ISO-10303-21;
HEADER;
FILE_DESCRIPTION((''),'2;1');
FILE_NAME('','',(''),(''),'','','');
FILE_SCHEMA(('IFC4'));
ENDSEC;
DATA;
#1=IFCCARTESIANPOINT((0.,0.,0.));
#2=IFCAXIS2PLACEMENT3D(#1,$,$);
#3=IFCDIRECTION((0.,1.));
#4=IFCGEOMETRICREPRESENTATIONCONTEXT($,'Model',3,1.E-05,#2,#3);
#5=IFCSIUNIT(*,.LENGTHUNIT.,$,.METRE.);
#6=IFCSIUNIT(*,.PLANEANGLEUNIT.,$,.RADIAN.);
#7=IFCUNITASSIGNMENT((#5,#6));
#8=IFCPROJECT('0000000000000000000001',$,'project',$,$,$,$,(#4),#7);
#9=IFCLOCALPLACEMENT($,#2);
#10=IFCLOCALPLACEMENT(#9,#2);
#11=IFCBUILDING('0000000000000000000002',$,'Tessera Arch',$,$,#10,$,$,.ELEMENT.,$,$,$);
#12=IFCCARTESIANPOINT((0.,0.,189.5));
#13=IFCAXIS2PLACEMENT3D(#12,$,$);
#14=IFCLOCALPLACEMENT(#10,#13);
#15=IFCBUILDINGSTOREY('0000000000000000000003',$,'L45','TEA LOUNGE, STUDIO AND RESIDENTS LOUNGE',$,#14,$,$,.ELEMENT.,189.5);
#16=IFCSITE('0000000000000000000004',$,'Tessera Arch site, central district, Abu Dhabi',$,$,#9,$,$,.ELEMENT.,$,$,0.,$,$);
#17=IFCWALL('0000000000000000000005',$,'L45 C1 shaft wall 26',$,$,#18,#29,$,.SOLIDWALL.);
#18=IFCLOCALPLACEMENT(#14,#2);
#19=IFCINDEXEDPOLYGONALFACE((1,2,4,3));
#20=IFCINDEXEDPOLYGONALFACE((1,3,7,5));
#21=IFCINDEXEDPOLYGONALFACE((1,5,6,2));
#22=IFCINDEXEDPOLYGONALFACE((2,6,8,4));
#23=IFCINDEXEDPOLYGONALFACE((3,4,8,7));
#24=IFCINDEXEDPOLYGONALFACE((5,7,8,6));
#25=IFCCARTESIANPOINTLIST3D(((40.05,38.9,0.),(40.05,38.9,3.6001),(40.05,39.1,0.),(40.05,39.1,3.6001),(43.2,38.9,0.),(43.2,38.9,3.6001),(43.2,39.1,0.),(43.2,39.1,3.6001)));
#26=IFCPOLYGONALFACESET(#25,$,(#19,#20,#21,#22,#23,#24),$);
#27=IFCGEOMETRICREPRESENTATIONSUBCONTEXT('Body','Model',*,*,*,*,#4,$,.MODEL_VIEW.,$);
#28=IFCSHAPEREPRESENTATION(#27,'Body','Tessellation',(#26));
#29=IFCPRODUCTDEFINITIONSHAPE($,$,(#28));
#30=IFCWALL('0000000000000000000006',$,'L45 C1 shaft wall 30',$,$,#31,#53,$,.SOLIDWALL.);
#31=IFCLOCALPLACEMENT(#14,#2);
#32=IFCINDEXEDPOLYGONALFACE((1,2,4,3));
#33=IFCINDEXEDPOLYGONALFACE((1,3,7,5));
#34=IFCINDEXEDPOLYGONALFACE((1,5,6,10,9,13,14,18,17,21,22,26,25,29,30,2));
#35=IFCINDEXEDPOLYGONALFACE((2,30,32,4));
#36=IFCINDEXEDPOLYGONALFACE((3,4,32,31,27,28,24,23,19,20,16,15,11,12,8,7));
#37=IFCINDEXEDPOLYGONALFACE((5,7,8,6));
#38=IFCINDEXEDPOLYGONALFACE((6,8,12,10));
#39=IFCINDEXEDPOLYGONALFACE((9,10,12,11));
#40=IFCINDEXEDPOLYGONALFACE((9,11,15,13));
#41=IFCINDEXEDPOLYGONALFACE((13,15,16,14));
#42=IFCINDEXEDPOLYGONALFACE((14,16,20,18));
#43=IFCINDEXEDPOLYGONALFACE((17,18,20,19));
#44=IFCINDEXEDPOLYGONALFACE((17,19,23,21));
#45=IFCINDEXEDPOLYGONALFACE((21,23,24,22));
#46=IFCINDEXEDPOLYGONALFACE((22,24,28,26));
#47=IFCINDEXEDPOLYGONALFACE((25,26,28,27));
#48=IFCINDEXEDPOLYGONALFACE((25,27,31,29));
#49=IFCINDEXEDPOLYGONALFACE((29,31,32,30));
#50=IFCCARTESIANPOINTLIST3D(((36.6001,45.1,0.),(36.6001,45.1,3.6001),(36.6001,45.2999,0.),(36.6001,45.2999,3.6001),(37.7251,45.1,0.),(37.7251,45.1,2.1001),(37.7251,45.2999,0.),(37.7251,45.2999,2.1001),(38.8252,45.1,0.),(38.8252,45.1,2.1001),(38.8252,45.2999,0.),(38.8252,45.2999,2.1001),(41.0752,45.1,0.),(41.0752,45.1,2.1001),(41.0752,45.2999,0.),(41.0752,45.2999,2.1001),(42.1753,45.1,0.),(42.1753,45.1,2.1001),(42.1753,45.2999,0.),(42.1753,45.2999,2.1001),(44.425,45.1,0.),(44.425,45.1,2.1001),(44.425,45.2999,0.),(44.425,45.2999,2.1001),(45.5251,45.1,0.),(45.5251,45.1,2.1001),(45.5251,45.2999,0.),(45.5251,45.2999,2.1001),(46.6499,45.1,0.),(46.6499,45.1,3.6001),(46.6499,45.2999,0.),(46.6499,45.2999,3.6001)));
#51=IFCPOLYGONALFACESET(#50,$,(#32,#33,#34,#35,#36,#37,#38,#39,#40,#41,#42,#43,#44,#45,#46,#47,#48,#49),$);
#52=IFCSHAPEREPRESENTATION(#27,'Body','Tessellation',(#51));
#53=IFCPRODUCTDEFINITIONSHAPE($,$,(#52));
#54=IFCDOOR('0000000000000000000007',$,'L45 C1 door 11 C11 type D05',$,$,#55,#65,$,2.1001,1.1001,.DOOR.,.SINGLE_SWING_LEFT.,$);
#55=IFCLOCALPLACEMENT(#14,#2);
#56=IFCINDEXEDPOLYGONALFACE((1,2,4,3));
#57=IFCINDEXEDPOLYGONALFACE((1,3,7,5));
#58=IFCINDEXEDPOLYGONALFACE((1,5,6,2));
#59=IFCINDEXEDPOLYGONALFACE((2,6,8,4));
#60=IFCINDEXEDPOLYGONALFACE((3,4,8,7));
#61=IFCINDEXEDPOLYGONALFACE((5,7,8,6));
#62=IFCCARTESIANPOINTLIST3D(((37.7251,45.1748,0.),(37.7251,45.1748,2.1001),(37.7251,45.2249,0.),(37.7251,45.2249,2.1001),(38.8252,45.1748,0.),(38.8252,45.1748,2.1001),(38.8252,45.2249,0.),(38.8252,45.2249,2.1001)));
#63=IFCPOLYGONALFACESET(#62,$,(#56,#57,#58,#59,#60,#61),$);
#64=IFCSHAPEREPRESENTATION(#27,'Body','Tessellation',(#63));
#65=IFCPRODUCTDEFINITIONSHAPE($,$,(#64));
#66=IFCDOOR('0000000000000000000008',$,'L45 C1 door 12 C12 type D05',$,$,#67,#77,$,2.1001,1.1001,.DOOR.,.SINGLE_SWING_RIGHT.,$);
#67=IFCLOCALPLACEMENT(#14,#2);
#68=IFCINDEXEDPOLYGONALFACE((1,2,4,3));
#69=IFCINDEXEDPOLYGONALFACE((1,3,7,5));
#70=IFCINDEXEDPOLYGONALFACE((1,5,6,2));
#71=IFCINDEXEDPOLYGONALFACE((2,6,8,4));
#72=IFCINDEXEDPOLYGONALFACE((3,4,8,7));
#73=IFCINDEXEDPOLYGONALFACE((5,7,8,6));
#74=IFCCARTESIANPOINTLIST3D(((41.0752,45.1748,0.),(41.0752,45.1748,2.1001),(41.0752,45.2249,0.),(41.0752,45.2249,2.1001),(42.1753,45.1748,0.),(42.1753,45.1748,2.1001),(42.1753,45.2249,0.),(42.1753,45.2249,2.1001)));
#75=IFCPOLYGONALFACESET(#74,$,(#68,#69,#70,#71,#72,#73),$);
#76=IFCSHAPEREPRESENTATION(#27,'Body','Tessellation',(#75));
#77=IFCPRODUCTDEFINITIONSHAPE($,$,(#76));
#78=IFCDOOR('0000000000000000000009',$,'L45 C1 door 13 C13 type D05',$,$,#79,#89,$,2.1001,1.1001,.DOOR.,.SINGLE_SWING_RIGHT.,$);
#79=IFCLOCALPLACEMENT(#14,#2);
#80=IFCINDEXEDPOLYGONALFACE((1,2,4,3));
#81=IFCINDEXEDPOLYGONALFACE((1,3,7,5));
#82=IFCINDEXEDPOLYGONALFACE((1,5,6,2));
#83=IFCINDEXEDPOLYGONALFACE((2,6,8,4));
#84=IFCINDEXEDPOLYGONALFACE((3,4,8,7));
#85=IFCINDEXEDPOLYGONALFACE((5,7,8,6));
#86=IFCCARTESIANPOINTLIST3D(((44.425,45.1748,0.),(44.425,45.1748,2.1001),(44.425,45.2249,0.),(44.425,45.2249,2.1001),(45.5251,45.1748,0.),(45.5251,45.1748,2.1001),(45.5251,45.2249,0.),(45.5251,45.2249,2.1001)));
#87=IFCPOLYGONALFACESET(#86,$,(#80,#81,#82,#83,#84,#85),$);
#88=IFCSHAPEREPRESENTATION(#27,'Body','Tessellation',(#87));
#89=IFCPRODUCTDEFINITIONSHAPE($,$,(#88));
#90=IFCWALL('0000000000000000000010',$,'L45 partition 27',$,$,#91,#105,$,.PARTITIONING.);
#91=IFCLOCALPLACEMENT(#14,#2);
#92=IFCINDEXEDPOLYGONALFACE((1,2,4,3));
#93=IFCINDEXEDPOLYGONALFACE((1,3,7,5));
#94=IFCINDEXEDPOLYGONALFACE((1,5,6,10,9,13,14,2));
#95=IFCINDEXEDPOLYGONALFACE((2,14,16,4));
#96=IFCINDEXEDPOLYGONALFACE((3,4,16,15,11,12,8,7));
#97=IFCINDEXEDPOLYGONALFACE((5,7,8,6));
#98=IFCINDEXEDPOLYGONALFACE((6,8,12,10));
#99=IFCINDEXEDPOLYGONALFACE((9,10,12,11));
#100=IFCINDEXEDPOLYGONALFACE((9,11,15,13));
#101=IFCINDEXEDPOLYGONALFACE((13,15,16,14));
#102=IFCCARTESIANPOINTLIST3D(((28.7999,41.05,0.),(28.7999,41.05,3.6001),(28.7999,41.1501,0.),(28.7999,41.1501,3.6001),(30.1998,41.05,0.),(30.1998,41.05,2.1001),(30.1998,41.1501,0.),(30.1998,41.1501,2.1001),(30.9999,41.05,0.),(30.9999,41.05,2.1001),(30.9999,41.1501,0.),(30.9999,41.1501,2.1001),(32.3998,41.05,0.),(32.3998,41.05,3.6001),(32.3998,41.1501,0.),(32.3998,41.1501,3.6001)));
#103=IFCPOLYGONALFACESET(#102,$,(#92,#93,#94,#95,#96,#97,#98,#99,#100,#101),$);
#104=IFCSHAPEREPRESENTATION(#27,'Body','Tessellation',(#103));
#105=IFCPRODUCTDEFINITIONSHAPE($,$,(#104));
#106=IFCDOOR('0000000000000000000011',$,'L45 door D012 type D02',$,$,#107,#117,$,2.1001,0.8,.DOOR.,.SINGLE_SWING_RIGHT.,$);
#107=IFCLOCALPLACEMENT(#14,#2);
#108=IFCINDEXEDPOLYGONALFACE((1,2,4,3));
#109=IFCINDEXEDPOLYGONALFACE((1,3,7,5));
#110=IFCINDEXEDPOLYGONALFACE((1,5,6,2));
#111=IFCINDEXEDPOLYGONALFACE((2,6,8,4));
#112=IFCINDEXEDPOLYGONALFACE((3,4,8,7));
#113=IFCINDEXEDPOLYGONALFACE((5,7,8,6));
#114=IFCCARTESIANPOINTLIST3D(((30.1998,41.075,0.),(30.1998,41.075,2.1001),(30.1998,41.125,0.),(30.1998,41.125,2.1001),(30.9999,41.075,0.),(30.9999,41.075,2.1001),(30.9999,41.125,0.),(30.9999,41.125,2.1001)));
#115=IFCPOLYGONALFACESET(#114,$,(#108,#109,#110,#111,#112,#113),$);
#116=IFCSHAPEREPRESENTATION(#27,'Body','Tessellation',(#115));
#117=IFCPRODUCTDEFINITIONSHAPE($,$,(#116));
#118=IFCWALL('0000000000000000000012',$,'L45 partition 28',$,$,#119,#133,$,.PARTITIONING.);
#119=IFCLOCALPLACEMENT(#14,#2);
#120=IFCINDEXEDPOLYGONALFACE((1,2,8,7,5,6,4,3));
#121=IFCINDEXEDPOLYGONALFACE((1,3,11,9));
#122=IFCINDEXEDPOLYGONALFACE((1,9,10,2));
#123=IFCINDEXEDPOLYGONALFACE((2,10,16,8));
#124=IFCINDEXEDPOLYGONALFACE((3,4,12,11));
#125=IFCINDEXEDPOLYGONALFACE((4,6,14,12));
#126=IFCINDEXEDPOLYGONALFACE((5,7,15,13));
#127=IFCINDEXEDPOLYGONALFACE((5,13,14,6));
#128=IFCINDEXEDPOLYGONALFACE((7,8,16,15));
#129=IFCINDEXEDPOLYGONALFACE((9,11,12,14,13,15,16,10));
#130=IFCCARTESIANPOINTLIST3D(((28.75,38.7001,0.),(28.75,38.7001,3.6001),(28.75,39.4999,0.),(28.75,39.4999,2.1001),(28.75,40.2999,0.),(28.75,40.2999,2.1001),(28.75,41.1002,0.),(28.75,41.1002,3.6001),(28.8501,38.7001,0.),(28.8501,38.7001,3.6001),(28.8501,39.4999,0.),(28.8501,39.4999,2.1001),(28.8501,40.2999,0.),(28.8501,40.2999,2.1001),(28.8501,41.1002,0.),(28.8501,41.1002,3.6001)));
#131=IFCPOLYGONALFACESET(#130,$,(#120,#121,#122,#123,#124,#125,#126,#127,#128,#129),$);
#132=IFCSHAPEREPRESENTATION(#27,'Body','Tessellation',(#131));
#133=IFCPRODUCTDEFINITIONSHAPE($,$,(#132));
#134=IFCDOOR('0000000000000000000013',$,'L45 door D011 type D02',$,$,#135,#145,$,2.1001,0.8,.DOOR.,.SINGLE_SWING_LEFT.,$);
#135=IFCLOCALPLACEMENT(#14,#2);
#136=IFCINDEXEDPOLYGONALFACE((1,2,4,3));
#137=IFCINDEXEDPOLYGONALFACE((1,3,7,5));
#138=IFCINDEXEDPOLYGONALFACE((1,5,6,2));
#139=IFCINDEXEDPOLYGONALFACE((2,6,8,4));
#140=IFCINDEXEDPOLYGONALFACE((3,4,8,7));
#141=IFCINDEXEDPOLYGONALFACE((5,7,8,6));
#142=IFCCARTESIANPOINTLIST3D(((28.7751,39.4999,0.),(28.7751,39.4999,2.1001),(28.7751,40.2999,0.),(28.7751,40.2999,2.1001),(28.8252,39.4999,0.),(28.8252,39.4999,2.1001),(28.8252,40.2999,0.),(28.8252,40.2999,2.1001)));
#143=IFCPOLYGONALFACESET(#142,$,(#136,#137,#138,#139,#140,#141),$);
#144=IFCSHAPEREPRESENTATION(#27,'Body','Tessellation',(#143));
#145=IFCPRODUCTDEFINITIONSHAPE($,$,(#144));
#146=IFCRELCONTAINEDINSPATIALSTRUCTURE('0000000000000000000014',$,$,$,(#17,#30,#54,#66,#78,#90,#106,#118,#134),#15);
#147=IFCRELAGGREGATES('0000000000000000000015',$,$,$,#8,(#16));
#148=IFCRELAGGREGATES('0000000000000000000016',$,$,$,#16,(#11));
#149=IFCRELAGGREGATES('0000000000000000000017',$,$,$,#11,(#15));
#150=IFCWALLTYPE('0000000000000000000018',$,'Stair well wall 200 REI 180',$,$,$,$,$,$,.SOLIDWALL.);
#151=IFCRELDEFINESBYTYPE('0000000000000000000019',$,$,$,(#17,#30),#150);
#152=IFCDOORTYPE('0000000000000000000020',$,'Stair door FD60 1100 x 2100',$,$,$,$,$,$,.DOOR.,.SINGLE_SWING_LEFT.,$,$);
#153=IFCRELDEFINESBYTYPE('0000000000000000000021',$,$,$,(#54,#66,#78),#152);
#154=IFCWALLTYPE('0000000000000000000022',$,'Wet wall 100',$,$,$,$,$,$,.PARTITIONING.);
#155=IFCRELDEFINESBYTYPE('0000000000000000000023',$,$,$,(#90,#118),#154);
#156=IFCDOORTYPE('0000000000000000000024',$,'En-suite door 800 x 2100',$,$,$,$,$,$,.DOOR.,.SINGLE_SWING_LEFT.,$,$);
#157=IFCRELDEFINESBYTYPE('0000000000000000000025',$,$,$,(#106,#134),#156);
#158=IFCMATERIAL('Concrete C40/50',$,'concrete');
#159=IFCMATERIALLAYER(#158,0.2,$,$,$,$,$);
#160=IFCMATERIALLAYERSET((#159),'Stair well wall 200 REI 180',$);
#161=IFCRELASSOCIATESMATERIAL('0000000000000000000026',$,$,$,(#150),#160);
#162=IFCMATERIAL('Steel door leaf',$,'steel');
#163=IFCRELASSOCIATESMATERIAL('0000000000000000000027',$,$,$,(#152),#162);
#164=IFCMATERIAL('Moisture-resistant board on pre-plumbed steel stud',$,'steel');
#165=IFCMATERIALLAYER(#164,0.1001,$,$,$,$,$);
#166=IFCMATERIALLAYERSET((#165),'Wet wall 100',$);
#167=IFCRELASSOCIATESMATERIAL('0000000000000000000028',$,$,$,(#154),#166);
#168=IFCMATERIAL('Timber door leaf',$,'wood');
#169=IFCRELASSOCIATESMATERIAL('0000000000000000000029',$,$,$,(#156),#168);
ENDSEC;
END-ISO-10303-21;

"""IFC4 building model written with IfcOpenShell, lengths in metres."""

from ifc_helpers import new_model, si_unit, direction, frame, frame_2d, origin, place, context, subcontext, project, spatial, rectangle, extrude, material, layer, layer_set, type_object, element, fill, save


model = new_model("IFC4")

# Units and contexts
model_context = context("Model", 3, precision=1e-05, world=origin(), true_north=direction((0.0, 1.0)))
body_context = subcontext(model_context, "Body", "Model", "MODEL_VIEW")
ifc_project = project(units=[si_unit("LENGTHUNIT", "METRE"), si_unit("PLANEANGLEUNIT", "RADIAN")], contexts=[model_context])

# Site, building, storey
site_placement = place(None, origin())
site = spatial("IfcSite", under=ifc_project, at=site_placement, Name="Tessera Arch site, central district, Abu Dhabi", CompositionType="ELEMENT", RefElevation=0.0)
building_placement = place(site_placement, origin())
building = spatial("IfcBuilding", under=site, at=building_placement, Name="Tessera Arch", CompositionType="ELEMENT")
storey_placement = place(building_placement, frame((0.0, 0.0, 189.5)))
storey = spatial("IfcBuildingStorey", under=building, at=storey_placement, Name="L45", Description="TEA LOUNGE, STUDIO AND RESIDENTS LOUNGE", CompositionType="ELEMENT", Elevation=189.5)

# Wall
ifc_material_1 = material(Name="Concrete C40/50", Category="concrete")
ifc_layer_1 = layer(ifc_material_1, 0.2)
ifc_layer_set_1 = layer_set([ifc_layer_1], Name="Stair well wall 200 REI 180")
wall_type_1 = type_object("IfcWallType", Name="Stair well wall 200 REI 180", PredefinedType="SOLIDWALL", material=ifc_layer_set_1)
wall_1_placement = place(storey_placement, frame((40.05, 39.0, 0.0), z_axis=(0.0, 0.0, 1.0), x_axis=(1.0, 0.0, 0.0)))
element("IfcWall", 1, at=wall_1_placement, inside=storey, type_object=wall_type_1, Name="L45 C1 shaft wall 26", PredefinedType="SOLIDWALL", context=body_context, shape_type="SweptSolid", body=[
    extrude(rectangle(XDim=3.1499, YDim=0.2, at=frame_2d((1.575, 0.0))), origin(), (0.0, 0.0, 1.0), 3.6001),
])

# Wall, openings, doors
wall_2_placement = place(storey_placement, frame((36.6001, 45.2, 0.0), z_axis=(0.0, 0.0, 1.0), x_axis=(1.0, 0.0, 0.0)))
wall_2 = element("IfcWall", 2, at=wall_2_placement, inside=storey, type_object=wall_type_1, Name="L45 C1 shaft wall 30", PredefinedType="SOLIDWALL", context=body_context, shape_type="SweptSolid", body=[
    extrude(rectangle(XDim=10.0498, YDim=0.2, at=frame_2d((5.0249, 0.0))), origin(), (0.0, 0.0, 1.0), 3.6001),
])
opening_1_placement = place(wall_2_placement, frame((1.125, 0.0, 0.0)))
opening_1 = element("IfcOpeningElement", 3, at=opening_1_placement, cuts=wall_2, PredefinedType="OPENING", context=body_context, shape_type="SweptSolid", body=[
    extrude(rectangle(XDim=1.1001, YDim=2.1001, at=frame_2d((0.55, 1.05))), frame((0.0, 0.1099, 0.0), z_axis=(0.0, -1.0, 0.0), x_axis=(1.0, 0.0, 0.0)), (0.0, 0.0, 1.0), 0.22),
])
opening_2_placement = place(wall_2_placement, frame((4.4751, 0.0, 0.0)))
opening_2 = element("IfcOpeningElement", 4, at=opening_2_placement, cuts=wall_2, PredefinedType="OPENING", context=body_context, shape_type="SweptSolid", body=[
    extrude(rectangle(XDim=1.1001, YDim=2.1001, at=frame_2d((0.55, 1.05))), frame((0.0, 0.1099, 0.0), z_axis=(0.0, -1.0, 0.0), x_axis=(1.0, 0.0, 0.0)), (0.0, 0.0, 1.0), 0.22),
])
opening_3_placement = place(wall_2_placement, frame((7.825, 0.0, 0.0)))
opening_3 = element("IfcOpeningElement", 5, at=opening_3_placement, cuts=wall_2, PredefinedType="OPENING", context=body_context, shape_type="SweptSolid", body=[
    extrude(rectangle(XDim=1.1001, YDim=2.1001, at=frame_2d((0.55, 1.05))), frame((0.0, 0.1099, 0.0), z_axis=(0.0, -1.0, 0.0), x_axis=(1.0, 0.0, 0.0)), (0.0, 0.0, 1.0), 0.22),
])
ifc_material_2 = material(Name="Steel door leaf", Category="steel")
door_type_1 = type_object("IfcDoorType", Name="Stair door FD60 1100 x 2100", OperationType="SINGLE_SWING_LEFT", PredefinedType="DOOR", material=ifc_material_2)
door_1_placement = place(opening_1_placement, origin())
door_1 = element("IfcDoor", 6, at=door_1_placement, inside=storey, type_object=door_type_1, Name="L45 C1 door 11 C11 type D05", OperationType="SINGLE_SWING_LEFT", OverallHeight=2.1001, OverallWidth=1.1001, PredefinedType="DOOR", context=body_context, shape_type="SweptSolid", body=[
    extrude(rectangle(XDim=1.1001, YDim=2.1001, at=frame_2d((0.55, 1.05))), frame((0.0, 0.0249, 0.0), z_axis=(0.0, -1.0, 0.0), x_axis=(1.0, 0.0, 0.0)), (0.0, 0.0, 1.0), 0.05),
])
fill(opening_1, door_1)
door_2_placement = place(opening_2_placement, origin())
door_2 = element("IfcDoor", 7, at=door_2_placement, inside=storey, type_object=door_type_1, Name="L45 C1 door 12 C12 type D05", OperationType="SINGLE_SWING_RIGHT", OverallHeight=2.1001, OverallWidth=1.1001, PredefinedType="DOOR", context=body_context, shape_type="SweptSolid", body=[
    extrude(rectangle(XDim=1.1001, YDim=2.1001, at=frame_2d((0.55, 1.05))), frame((0.0, 0.0249, 0.0), z_axis=(0.0, -1.0, 0.0), x_axis=(1.0, 0.0, 0.0)), (0.0, 0.0, 1.0), 0.05),
])
fill(opening_2, door_2)
door_3_placement = place(opening_3_placement, origin())
door_3 = element("IfcDoor", 8, at=door_3_placement, inside=storey, type_object=door_type_1, Name="L45 C1 door 13 C13 type D05", OperationType="SINGLE_SWING_RIGHT", OverallHeight=2.1001, OverallWidth=1.1001, PredefinedType="DOOR", context=body_context, shape_type="SweptSolid", body=[
    extrude(rectangle(XDim=1.1001, YDim=2.1001, at=frame_2d((0.55, 1.05))), frame((0.0, 0.0249, 0.0), z_axis=(0.0, -1.0, 0.0), x_axis=(1.0, 0.0, 0.0)), (0.0, 0.0, 1.0), 0.05),
])
fill(opening_3, door_3)

# Walls, openings, doors
ifc_material_3 = material(Name="Moisture-resistant board on pre-plumbed steel stud", Category="steel")
ifc_layer_2 = layer(ifc_material_3, 0.1001)
ifc_layer_set_2 = layer_set([ifc_layer_2], Name="Wet wall 100")
wall_type_2 = type_object("IfcWallType", Name="Wet wall 100", PredefinedType="PARTITIONING", material=ifc_layer_set_2)
wall_3_placement = place(storey_placement, frame((28.8, 41.1001, 0.0), z_axis=(0.0, 0.0, 1.0), x_axis=(1.0, 0.0, 0.0)))
wall_3 = element("IfcWall", 9, at=wall_3_placement, inside=storey, type_object=wall_type_2, Name="L45 partition 27", PredefinedType="PARTITIONING", context=body_context, shape_type="SweptSolid", body=[
    extrude(rectangle(XDim=3.5999, YDim=0.1001, at=frame_2d((1.7998, 0.0))), origin(), (0.0, 0.0, 1.0), 3.6001),
])
opening_4_placement = place(wall_3_placement, frame((1.3999, 0.0, 0.0)))
opening_4 = element("IfcOpeningElement", 10, at=opening_4_placement, cuts=wall_3, PredefinedType="OPENING", context=body_context, shape_type="SweptSolid", body=[
    extrude(rectangle(XDim=0.8, YDim=2.1001, at=frame_2d((0.3999, 1.05))), frame((0.0, 0.0601, 0.0), z_axis=(0.0, -1.0, 0.0), x_axis=(1.0, 0.0, 0.0)), (0.0, 0.0, 1.0), 0.1201),
])
ifc_material_4 = material(Name="Timber door leaf", Category="wood")
door_type_2 = type_object("IfcDoorType", Name="En-suite door 800 x 2100", OperationType="SINGLE_SWING_LEFT", PredefinedType="DOOR", material=ifc_material_4)
door_4_placement = place(opening_4_placement, origin())
door_4 = element("IfcDoor", 11, at=door_4_placement, inside=storey, type_object=door_type_2, Name="L45 door D012 type D02", OperationType="SINGLE_SWING_RIGHT", OverallHeight=2.1001, OverallWidth=0.8, PredefinedType="DOOR", context=body_context, shape_type="SweptSolid", body=[
    extrude(rectangle(XDim=0.8, YDim=2.1001, at=frame_2d((0.3999, 1.05))), frame((0.0, 0.0249, 0.0), z_axis=(0.0, -1.0, 0.0), x_axis=(1.0, 0.0, 0.0)), (0.0, 0.0, 1.0), 0.05),
])
fill(opening_4, door_4)
wall_4_placement = place(storey_placement, frame((28.8, 38.7, 0.0), z_axis=(0.0, 0.0, 1.0), x_axis=(0.0, 1.0, 0.0)))
wall_4 = element("IfcWall", 12, at=wall_4_placement, inside=storey, type_object=wall_type_2, Name="L45 partition 28", PredefinedType="PARTITIONING", context=body_context, shape_type="SweptSolid", body=[
    extrude(rectangle(XDim=2.4001, YDim=0.1001, at=frame_2d((1.2002, 0.0))), origin(), (0.0, 0.0, 1.0), 3.6001),
])
opening_5_placement = place(wall_4_placement, frame((0.8, 0.0, 0.0)))
opening_5 = element("IfcOpeningElement", 13, at=opening_5_placement, cuts=wall_4, PredefinedType="OPENING", context=body_context, shape_type="SweptSolid", body=[
    extrude(rectangle(XDim=0.8, YDim=2.1001, at=frame_2d((0.3999, 1.05))), frame((0.0, 0.0601, 0.0), z_axis=(0.0, -1.0, 0.0), x_axis=(1.0, 0.0, 0.0)), (0.0, 0.0, 1.0), 0.1201),
])
door_5_placement = place(opening_5_placement, origin())
door_5 = element("IfcDoor", 14, at=door_5_placement, inside=storey, type_object=door_type_2, Name="L45 door D011 type D02", OperationType="SINGLE_SWING_LEFT", OverallHeight=2.1001, OverallWidth=0.8, PredefinedType="DOOR", context=body_context, shape_type="SweptSolid", body=[
    extrude(rectangle(XDim=0.8, YDim=2.1001, at=frame_2d((0.3999, 1.05))), frame((0.0, 0.0249, 0.0), z_axis=(0.0, -1.0, 0.0), x_axis=(1.0, 0.0, 0.0)), (0.0, 0.0, 1.0), 0.05),
])
fill(opening_5, door_5)

save(model, "model.ifc")
